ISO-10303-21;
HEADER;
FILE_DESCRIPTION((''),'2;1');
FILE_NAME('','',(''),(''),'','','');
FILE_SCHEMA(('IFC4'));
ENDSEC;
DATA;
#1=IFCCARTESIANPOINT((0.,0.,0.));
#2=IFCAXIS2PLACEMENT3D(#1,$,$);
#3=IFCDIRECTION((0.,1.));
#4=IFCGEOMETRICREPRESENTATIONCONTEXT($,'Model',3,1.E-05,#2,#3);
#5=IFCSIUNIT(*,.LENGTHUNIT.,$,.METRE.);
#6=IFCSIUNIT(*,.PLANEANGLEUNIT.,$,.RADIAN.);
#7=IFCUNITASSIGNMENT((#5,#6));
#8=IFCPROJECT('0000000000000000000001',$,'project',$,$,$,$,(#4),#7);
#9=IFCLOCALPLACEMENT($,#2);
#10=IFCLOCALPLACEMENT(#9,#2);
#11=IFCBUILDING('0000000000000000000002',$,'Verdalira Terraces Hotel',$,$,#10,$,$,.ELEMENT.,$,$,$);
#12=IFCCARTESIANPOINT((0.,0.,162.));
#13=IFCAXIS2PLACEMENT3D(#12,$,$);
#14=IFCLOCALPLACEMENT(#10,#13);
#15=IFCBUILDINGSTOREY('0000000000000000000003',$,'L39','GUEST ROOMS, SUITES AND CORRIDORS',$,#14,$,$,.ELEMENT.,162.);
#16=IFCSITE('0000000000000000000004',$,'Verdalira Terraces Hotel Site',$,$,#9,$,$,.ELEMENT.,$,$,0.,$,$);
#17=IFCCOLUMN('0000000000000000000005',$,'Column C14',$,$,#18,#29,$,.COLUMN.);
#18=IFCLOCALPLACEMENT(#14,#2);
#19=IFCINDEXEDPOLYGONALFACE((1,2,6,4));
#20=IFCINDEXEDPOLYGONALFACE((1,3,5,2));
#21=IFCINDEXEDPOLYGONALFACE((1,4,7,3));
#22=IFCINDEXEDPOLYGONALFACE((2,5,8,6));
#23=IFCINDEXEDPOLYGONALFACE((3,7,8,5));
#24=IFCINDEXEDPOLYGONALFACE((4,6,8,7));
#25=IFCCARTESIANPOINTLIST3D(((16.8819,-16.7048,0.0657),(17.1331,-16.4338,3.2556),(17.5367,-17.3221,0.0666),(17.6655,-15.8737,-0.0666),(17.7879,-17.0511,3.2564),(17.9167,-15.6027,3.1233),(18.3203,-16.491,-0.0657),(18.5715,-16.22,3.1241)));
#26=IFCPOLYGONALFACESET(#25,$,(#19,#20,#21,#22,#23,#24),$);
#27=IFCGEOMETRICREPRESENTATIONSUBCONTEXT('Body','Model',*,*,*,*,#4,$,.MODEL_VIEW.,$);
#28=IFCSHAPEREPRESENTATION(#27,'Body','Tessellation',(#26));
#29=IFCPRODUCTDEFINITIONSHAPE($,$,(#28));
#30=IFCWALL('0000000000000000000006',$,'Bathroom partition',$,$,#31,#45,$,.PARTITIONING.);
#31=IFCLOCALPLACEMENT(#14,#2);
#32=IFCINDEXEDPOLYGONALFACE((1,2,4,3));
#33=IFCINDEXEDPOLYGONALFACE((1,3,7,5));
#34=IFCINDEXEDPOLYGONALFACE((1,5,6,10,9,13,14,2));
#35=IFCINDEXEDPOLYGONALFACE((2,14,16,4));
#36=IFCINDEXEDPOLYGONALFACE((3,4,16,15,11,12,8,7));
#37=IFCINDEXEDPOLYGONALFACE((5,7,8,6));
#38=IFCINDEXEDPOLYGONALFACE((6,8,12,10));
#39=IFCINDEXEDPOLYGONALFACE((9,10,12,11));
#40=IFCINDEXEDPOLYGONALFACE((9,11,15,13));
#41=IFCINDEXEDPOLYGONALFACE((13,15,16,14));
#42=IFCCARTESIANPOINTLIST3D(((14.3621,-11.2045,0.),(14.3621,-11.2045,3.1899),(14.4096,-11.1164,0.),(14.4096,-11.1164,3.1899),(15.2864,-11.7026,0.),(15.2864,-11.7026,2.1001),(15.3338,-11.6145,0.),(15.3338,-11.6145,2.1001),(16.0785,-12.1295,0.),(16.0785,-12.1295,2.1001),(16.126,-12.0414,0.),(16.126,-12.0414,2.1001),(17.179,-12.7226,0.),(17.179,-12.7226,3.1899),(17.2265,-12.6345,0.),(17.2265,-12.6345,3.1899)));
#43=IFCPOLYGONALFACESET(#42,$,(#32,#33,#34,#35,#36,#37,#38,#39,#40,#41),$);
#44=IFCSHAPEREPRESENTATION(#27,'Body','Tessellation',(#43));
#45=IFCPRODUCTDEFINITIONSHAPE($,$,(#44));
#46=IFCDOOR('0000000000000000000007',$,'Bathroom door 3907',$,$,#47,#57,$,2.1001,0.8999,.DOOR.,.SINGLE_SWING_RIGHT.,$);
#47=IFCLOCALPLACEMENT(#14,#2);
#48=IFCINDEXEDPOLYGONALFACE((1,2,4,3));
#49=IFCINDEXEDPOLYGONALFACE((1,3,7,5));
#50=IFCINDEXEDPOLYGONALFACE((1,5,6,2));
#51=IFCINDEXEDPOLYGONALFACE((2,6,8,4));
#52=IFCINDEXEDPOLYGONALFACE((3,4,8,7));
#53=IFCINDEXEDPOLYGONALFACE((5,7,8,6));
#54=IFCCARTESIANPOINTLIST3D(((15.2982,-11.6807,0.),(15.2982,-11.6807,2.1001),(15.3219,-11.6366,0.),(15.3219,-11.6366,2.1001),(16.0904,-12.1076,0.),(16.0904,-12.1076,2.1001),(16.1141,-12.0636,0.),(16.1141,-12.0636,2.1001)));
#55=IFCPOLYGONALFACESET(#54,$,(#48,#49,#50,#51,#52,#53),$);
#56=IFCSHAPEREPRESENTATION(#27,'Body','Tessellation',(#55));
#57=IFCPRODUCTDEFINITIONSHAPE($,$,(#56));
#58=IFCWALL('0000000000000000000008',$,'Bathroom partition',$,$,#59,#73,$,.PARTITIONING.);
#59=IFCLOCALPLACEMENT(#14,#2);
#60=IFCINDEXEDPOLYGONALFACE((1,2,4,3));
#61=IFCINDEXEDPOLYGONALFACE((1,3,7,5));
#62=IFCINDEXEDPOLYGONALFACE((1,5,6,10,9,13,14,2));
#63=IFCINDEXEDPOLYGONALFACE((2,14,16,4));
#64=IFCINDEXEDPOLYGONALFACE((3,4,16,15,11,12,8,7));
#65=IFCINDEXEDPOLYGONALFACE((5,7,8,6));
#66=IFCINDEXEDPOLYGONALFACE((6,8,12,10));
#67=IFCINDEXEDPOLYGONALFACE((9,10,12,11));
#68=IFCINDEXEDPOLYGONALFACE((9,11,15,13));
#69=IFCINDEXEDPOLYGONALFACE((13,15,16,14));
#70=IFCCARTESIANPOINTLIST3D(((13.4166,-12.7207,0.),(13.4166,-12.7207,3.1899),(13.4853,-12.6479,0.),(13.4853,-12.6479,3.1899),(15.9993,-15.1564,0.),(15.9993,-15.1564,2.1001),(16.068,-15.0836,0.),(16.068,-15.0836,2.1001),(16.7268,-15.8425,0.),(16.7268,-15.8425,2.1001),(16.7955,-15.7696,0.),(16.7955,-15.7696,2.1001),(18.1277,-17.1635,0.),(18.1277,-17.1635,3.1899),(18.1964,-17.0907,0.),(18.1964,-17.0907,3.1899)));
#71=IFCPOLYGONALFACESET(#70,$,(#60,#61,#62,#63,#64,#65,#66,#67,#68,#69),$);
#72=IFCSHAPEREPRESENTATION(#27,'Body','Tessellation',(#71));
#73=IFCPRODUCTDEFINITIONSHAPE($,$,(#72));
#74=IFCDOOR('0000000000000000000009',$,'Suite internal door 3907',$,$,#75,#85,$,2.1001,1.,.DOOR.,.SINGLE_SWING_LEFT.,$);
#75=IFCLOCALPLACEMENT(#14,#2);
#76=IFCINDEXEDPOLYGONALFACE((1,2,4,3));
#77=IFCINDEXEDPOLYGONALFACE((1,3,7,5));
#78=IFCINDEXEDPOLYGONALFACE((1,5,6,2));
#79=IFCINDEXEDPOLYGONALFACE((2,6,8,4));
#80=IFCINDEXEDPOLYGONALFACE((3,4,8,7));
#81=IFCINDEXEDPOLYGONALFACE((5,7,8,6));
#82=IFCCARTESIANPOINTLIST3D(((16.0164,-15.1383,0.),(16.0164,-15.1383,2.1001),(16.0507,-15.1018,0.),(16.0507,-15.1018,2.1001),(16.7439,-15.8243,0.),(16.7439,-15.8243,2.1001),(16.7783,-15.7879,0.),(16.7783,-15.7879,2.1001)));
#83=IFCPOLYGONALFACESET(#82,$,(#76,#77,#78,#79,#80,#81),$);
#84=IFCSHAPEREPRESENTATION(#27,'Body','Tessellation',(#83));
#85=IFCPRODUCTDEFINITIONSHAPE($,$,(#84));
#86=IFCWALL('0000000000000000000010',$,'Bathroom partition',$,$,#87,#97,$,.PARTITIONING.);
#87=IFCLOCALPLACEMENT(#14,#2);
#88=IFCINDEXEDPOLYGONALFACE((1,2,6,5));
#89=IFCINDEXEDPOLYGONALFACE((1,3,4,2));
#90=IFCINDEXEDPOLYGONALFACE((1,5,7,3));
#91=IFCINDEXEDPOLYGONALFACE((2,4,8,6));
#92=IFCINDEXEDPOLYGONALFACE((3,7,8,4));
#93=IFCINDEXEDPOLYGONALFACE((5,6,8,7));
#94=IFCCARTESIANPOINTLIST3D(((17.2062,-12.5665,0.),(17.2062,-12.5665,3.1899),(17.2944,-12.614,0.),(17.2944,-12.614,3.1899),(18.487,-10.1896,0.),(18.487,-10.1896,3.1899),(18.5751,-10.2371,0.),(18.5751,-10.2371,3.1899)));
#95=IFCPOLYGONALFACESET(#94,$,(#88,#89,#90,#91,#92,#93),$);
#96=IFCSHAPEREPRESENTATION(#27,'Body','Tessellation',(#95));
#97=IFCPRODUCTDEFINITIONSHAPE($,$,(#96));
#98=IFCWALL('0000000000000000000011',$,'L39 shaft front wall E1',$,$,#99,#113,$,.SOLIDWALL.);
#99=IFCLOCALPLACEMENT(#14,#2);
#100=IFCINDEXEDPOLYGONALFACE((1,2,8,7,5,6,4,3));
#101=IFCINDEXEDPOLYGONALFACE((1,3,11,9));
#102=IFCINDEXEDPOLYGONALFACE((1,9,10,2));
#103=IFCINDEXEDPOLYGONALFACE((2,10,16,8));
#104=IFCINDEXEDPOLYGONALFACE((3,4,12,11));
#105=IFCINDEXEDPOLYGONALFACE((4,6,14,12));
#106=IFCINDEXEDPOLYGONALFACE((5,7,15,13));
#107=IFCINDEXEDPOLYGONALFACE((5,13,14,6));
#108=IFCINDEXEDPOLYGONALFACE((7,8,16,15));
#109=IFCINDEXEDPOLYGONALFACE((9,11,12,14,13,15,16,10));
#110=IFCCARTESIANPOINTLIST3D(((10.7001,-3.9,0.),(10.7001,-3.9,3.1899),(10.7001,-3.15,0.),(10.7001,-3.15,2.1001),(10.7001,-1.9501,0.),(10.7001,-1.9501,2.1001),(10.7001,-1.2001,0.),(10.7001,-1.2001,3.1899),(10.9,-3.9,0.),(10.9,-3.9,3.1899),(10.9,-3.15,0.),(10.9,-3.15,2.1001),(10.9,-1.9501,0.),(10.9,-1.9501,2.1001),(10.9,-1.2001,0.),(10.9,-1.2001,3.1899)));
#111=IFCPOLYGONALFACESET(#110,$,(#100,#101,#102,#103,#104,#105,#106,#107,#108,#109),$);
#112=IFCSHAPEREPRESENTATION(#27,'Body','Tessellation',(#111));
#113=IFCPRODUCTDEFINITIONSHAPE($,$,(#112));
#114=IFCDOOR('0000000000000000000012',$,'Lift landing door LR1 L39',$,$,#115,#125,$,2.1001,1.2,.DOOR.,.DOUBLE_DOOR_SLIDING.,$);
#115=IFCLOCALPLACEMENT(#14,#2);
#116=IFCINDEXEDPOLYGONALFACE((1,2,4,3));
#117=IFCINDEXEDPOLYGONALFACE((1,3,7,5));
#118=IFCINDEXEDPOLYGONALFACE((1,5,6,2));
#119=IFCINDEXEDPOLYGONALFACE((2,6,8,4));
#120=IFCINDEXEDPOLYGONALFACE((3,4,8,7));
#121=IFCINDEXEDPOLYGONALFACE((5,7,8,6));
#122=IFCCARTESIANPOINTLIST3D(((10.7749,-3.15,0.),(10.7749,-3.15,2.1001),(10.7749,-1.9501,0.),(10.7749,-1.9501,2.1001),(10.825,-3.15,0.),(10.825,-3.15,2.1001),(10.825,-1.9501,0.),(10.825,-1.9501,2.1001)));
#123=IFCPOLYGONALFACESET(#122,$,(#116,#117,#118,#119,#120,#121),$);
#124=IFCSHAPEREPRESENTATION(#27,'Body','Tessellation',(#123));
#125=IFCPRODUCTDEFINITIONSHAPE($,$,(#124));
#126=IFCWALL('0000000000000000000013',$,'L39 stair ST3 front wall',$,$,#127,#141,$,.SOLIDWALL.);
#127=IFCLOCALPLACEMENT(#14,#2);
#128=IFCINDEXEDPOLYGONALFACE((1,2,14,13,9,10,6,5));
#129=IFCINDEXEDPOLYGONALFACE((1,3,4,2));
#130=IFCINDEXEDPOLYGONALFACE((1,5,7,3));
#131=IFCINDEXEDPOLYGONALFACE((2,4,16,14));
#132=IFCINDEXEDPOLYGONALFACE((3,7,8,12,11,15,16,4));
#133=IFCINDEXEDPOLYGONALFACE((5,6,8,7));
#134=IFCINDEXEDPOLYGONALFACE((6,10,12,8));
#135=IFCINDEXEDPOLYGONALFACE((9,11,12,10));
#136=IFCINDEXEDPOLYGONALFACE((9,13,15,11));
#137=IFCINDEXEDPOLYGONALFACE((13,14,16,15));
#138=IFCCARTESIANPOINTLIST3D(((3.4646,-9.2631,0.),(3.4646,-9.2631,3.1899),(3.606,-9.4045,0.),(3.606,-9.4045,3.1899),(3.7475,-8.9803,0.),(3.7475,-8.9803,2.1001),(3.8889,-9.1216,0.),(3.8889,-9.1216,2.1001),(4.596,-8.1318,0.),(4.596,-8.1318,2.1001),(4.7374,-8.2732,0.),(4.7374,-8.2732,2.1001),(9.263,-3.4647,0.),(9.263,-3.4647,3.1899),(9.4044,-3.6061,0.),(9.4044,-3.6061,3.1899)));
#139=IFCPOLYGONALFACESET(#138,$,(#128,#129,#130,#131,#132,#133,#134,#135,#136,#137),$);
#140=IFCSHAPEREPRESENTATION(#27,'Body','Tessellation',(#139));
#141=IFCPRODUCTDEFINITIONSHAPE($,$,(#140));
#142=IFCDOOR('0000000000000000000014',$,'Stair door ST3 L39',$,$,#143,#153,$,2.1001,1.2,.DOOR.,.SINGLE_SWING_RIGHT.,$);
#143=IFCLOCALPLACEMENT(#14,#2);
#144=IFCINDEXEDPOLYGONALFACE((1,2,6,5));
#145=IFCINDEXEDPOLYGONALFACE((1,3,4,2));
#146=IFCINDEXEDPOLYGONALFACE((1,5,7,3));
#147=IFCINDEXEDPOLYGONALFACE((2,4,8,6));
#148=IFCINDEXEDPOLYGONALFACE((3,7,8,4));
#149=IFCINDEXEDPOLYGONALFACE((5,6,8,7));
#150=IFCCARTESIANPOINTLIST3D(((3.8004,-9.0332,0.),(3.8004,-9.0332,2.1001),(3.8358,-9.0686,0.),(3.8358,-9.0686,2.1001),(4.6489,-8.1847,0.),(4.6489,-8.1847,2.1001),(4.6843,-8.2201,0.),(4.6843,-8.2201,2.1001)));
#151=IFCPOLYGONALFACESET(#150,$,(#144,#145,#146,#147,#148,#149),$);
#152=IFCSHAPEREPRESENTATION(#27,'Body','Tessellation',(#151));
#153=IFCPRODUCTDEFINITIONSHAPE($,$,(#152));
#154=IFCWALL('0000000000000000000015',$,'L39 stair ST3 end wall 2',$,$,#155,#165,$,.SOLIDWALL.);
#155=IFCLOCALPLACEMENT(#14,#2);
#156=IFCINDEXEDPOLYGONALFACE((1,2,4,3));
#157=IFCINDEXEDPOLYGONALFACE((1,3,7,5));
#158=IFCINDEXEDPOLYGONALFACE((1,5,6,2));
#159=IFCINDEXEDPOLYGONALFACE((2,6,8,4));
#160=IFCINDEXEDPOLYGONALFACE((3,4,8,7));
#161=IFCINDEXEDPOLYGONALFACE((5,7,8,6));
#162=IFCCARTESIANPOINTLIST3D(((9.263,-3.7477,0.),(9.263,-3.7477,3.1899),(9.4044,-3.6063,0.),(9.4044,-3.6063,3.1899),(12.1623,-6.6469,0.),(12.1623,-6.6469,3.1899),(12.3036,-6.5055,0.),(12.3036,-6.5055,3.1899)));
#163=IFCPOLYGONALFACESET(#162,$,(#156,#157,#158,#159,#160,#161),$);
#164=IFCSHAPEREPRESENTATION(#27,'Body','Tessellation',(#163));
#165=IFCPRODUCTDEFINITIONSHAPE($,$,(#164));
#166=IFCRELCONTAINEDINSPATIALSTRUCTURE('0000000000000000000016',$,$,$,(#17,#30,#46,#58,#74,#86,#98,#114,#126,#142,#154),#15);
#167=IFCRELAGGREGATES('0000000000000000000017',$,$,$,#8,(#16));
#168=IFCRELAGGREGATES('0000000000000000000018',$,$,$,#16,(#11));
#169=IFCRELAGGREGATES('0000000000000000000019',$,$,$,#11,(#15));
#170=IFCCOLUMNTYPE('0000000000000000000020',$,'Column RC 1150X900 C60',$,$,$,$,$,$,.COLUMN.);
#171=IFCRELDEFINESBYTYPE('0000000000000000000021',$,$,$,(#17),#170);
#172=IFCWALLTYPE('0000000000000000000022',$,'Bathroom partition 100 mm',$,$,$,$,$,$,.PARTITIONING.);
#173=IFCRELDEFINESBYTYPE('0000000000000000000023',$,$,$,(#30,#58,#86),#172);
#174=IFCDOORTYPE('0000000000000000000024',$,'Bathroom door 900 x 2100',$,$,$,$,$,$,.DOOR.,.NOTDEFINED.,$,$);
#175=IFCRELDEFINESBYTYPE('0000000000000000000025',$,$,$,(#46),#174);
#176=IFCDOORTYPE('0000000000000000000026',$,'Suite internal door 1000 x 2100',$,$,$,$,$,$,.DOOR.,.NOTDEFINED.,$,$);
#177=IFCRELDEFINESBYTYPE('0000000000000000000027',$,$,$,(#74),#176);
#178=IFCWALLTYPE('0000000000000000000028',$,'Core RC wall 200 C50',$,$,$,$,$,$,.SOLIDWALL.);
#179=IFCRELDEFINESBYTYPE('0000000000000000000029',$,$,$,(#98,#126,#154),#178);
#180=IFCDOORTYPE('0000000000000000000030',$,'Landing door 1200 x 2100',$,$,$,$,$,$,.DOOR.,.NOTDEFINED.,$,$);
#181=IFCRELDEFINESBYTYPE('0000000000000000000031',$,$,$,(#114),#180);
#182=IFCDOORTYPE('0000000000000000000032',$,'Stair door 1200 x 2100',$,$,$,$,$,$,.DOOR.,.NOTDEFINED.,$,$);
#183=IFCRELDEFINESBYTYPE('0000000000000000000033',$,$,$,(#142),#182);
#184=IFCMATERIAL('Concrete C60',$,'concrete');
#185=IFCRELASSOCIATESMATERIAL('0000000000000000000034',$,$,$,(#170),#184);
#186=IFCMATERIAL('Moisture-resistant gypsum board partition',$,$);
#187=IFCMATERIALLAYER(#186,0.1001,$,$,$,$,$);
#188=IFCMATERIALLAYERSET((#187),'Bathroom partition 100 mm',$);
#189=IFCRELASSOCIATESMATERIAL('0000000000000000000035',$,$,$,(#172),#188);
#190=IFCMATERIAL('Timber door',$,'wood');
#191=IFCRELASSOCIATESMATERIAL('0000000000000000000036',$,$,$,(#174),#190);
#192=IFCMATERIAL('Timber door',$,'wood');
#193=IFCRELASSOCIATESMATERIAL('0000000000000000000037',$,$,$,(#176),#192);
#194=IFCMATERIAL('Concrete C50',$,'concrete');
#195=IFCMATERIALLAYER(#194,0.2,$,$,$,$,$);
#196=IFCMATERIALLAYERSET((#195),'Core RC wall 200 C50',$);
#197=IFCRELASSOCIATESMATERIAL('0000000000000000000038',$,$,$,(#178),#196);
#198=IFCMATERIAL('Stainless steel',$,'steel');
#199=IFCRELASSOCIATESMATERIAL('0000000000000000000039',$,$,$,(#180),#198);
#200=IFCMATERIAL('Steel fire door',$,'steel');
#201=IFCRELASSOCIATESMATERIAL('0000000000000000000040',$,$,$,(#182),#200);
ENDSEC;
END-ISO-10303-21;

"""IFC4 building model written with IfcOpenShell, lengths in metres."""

from ifc_helpers import new_model, si_unit, direction, frame, frame_2d, origin, origin_2d, place, context, subcontext, project, spatial, rectangle, extrude, material, layer, layer_set, material_profile, profile_set, type_object, element, fill, save


model = new_model("IFC4")

# Units and contexts
model_context = context("Model", 3, precision=1e-05, world=origin(), true_north=direction((0.0, 1.0)))
body_context = subcontext(model_context, "Body", "Model", "MODEL_VIEW")
ifc_project = project(units=[si_unit("LENGTHUNIT", "METRE"), si_unit("PLANEANGLEUNIT", "RADIAN")], contexts=[model_context])

# Site, building, storey
site_placement = place(None, origin())
site = spatial("IfcSite", under=ifc_project, at=site_placement, Name="Verdalira Terraces Hotel Site", CompositionType="ELEMENT", RefElevation=0.0)
building_placement = place(site_placement, origin())
building = spatial("IfcBuilding", under=site, at=building_placement, Name="Verdalira Terraces Hotel", CompositionType="ELEMENT")
storey_placement = place(building_placement, frame((0.0, 0.0, 162.0)))
storey = spatial("IfcBuildingStorey", under=building, at=storey_placement, Name="L39", Description="GUEST ROOMS, SUITES AND CORRIDORS", CompositionType="ELEMENT", Elevation=162.0)

# Column
ifc_material_1 = material(Name="Concrete C60", Category="concrete")
ifc_material_profile = material_profile(ifc_material_1, rectangle(XDim=1.1499, YDim=0.8999, at=origin_2d()), Name="RC 1150X900")
ifc_profile_set = profile_set([ifc_material_profile], Name="Concrete C60")
column_type = type_object("IfcColumnType", Name="Column RC 1150X900 C60", PredefinedType="COLUMN", material=ifc_profile_set)
column_placement = place(storey_placement, frame((17.6011, -16.5979, 0.0), z_axis=(0.078231, 0.084389, 0.993357), x_axis=(-0.681487, -0.722727, 0.115068)))
element("IfcColumn", 1, at=column_placement, inside=storey, type_object=column_type, Name="Column C14", PredefinedType="COLUMN", context=body_context, shape_type="SweptSolid", body=[
    extrude(rectangle(XDim=1.1499, YDim=0.8999, at=origin_2d()), origin(), (0.0, 0.0, 1.0), 3.2112),
])

# Walls, openings, doors
ifc_material_2 = material(Name="Moisture-resistant gypsum board partition")
ifc_layer_1 = layer(ifc_material_2, 0.1001)
ifc_layer_set_1 = layer_set([ifc_layer_1], Name="Bathroom partition 100 mm")
wall_type_1 = type_object("IfcWallType", Name="Bathroom partition 100 mm", PredefinedType="PARTITIONING", material=ifc_layer_set_1)
wall_1_placement = place(storey_placement, frame((14.3857, -11.1604, 0.0), z_axis=(0.0, 0.0, 1.0), x_axis=(0.880304, -0.474409, 0.0)))
wall_1 = element("IfcWall", 2, at=wall_1_placement, inside=storey, type_object=wall_type_1, Name="Bathroom partition", PredefinedType="PARTITIONING", context=body_context, shape_type="SweptSolid", body=[
    extrude(rectangle(XDim=3.2, YDim=0.1001, at=frame_2d((1.6001, 0.0))), origin(), (0.0, 0.0, 1.0), 3.1899),
])
opening_1_placement = place(wall_1_placement, frame((1.05, 0.0, 0.0)))
opening_1 = element("IfcOpeningElement", 3, at=opening_1_placement, cuts=wall_1, PredefinedType="OPENING", context=body_context, shape_type="SweptSolid", body=[
    extrude(rectangle(XDim=0.8999, YDim=2.1001, at=frame_2d((0.45, 1.05))), frame((0.0, 0.0601, 0.0), z_axis=(0.0, -1.0, 0.0), x_axis=(1.0, 0.0, 0.0)), (0.0, 0.0, 1.0), 0.1201),
])
ifc_material_3 = material(Name="Timber door", Category="wood")
door_type_1 = type_object("IfcDoorType", Name="Bathroom door 900 x 2100", OperationType="NOTDEFINED", PredefinedType="DOOR", material=ifc_material_3)
door_1_placement = place(opening_1_placement, origin())
door_1 = element("IfcDoor", 4, at=door_1_placement, inside=storey, type_object=door_type_1, Name="Bathroom door 3907", OperationType="SINGLE_SWING_RIGHT", OverallHeight=2.1001, OverallWidth=0.8999, PredefinedType="DOOR", context=body_context, shape_type="SweptSolid", body=[
    extrude(rectangle(XDim=0.8999, YDim=2.1001, at=frame_2d((0.45, 1.05))), frame((0.0, 0.0249, 0.0), z_axis=(0.0, -1.0, 0.0), x_axis=(1.0, 0.0, 0.0)), (0.0, 0.0, 1.0), 0.05),
])
fill(opening_1, door_1)
wall_2_placement = place(storey_placement, frame((13.4509, -12.6843, 0.0), z_axis=(0.0, 0.0, 1.0), x_axis=(0.72752, -0.686086, 0.0)))
wall_2 = element("IfcWall", 5, at=wall_2_placement, inside=storey, type_object=wall_type_1, Name="Bathroom partition", PredefinedType="PARTITIONING", context=body_context, shape_type="SweptSolid", body=[
    extrude(rectangle(XDim=6.4756, YDim=0.1001, at=frame_2d((3.2378, 0.0))), origin(), (0.0, 0.0, 1.0), 3.1899),
])
opening_2_placement = place(wall_2_placement, frame((3.55, 0.0, 0.0)))
opening_2 = element("IfcOpeningElement", 6, at=opening_2_placement, cuts=wall_2, PredefinedType="OPENING", context=body_context, shape_type="SweptSolid", body=[
    extrude(rectangle(XDim=1.0, YDim=2.1001, at=frame_2d((0.5, 1.05))), frame((0.0, 0.0601, 0.0), z_axis=(0.0, -1.0, 0.0), x_axis=(1.0, 0.0, 0.0)), (0.0, 0.0, 1.0), 0.1201),
])
ifc_material_4 = material(Name="Timber door", Category="wood")
door_type_2 = type_object("IfcDoorType", Name="Suite internal door 1000 x 2100", OperationType="NOTDEFINED", PredefinedType="DOOR", material=ifc_material_4)
door_2_placement = place(opening_2_placement, origin())
door_2 = element("IfcDoor", 7, at=door_2_placement, inside=storey, type_object=door_type_2, Name="Suite internal door 3907", OperationType="SINGLE_SWING_LEFT", OverallHeight=2.1001, OverallWidth=1.0, PredefinedType="DOOR", context=body_context, shape_type="SweptSolid", body=[
    extrude(rectangle(XDim=1.0, YDim=2.1001, at=frame_2d((0.5, 1.05))), frame((0.0, 0.0249, 0.0), z_axis=(0.0, -1.0, 0.0), x_axis=(1.0, 0.0, 0.0)), (0.0, 0.0, 1.0), 0.05),
])
fill(opening_2, door_2)

# Wall
wall_3_placement = place(storey_placement, frame((17.2502, -12.5903, 0.0), z_axis=(0.0, 0.0, 1.0), x_axis=(0.474348, 0.880338, 0.0)))
element("IfcWall", 8, at=wall_3_placement, inside=storey, type_object=wall_type_1, Name="Bathroom partition", PredefinedType="PARTITIONING", context=body_context, shape_type="SweptSolid", body=[
    extrude(rectangle(XDim=2.7, YDim=0.1001, at=frame_2d((1.3501, 0.0))), origin(), (0.0, 0.0, 1.0), 3.1899),
])

# Walls, openings, doors
ifc_material_5 = material(Name="Concrete C50", Category="concrete")
ifc_layer_2 = layer(ifc_material_5, 0.2)
ifc_layer_set_2 = layer_set([ifc_layer_2], Name="Core RC wall 200 C50")
wall_type_2 = type_object("IfcWallType", Name="Core RC wall 200 C50", PredefinedType="SOLIDWALL", material=ifc_layer_set_2)
wall_4_placement = place(storey_placement, frame((10.8, -1.2, 0.0), z_axis=(0.0, 0.0, 1.0), x_axis=(0.0, -1.0, 0.0)))
wall_4 = element("IfcWall", 9, at=wall_4_placement, inside=storey, type_object=wall_type_2, Name="L39 shaft front wall E1", PredefinedType="SOLIDWALL", context=body_context, shape_type="SweptSolid", body=[
    extrude(rectangle(XDim=2.7, YDim=0.2, at=frame_2d((1.3501, 0.0))), origin(), (0.0, 0.0, 1.0), 3.1899),
])
opening_3_placement = place(wall_4_placement, frame((0.75, 0.0, 0.0)))
opening_3 = element("IfcOpeningElement", 10, at=opening_3_placement, cuts=wall_4, PredefinedType="OPENING", context=body_context, shape_type="SweptSolid", body=[
    extrude(rectangle(XDim=1.2, YDim=2.1001, at=frame_2d((0.6001, 1.05))), frame((0.0, 0.1099, 0.0), z_axis=(0.0, -1.0, 0.0), x_axis=(1.0, 0.0, 0.0)), (0.0, 0.0, 1.0), 0.22),
])
ifc_material_6 = material(Name="Stainless steel", Category="steel")
door_type_3 = type_object("IfcDoorType", Name="Landing door 1200 x 2100", OperationType="NOTDEFINED", PredefinedType="DOOR", material=ifc_material_6)
door_3_placement = place(opening_3_placement, origin())
door_3 = element("IfcDoor", 11, at=door_3_placement, inside=storey, type_object=door_type_3, Name="Lift landing door LR1 L39", OperationType="DOUBLE_DOOR_SLIDING", OverallHeight=2.1001, OverallWidth=1.2, PredefinedType="DOOR", context=body_context, shape_type="SweptSolid", body=[
    extrude(rectangle(XDim=1.2, YDim=2.1001, at=frame_2d((0.6001, 1.05))), frame((0.0, 0.0249, 0.0), z_axis=(0.0, -1.0, 0.0), x_axis=(1.0, 0.0, 0.0)), (0.0, 0.0, 1.0), 0.05),
])
fill(opening_3, door_3)
wall_5_placement = place(storey_placement, frame((9.3337, -3.5354, 0.0), z_axis=(0.0, 0.0, 1.0), x_axis=(-0.707107, -0.707107, 0.0)))
wall_5 = element("IfcWall", 12, at=wall_5_placement, inside=storey, type_object=wall_type_2, Name="L39 stair ST3 front wall", PredefinedType="SOLIDWALL", context=body_context, shape_type="SweptSolid", body=[
    extrude(rectangle(XDim=8.2002, YDim=0.2, at=frame_2d((4.1001, 0.0))), origin(), (0.0, 0.0, 1.0), 3.1899),
])
opening_4_placement = place(wall_5_placement, frame((6.6001, 0.0, 0.0)))
opening_4 = element("IfcOpeningElement", 13, at=opening_4_placement, cuts=wall_5, PredefinedType="OPENING", context=body_context, shape_type="SweptSolid", body=[
    extrude(rectangle(XDim=1.2, YDim=2.1001, at=frame_2d((0.6001, 1.05))), frame((0.0, 0.1099, 0.0), z_axis=(0.0, -1.0, 0.0), x_axis=(1.0, 0.0, 0.0)), (0.0, 0.0, 1.0), 0.22),
])
ifc_material_7 = material(Name="Steel fire door", Category="steel")
door_type_4 = type_object("IfcDoorType", Name="Stair door 1200 x 2100", OperationType="NOTDEFINED", PredefinedType="DOOR", material=ifc_material_7)
door_4_placement = place(opening_4_placement, origin())
door_4 = element("IfcDoor", 14, at=door_4_placement, inside=storey, type_object=door_type_4, Name="Stair door ST3 L39", OperationType="SINGLE_SWING_RIGHT", OverallHeight=2.1001, OverallWidth=1.2, PredefinedType="DOOR", context=body_context, shape_type="SweptSolid", body=[
    extrude(rectangle(XDim=1.2, YDim=2.1001, at=frame_2d((0.6001, 1.05))), frame((0.0, 0.0249, 0.0), z_axis=(0.0, -1.0, 0.0), x_axis=(1.0, 0.0, 0.0)), (0.0, 0.0, 1.0), 0.05),
])
fill(opening_4, door_4)

# Wall
wall_6_placement = place(storey_placement, frame((9.3337, -3.677, 0.0), z_axis=(0.0, 0.0, 1.0), x_axis=(0.707107, -0.707107, 0.0)))
element("IfcWall", 15, at=wall_6_placement, inside=storey, type_object=wall_type_2, Name="L39 stair ST3 end wall 2", PredefinedType="SOLIDWALL", context=body_context, shape_type="SweptSolid", body=[
    extrude(rectangle(XDim=4.1001, YDim=0.2, at=frame_2d((2.05, 0.0))), origin(), (0.0, 0.0, 1.0), 3.1899),
])

save(model, "model.ifc")
